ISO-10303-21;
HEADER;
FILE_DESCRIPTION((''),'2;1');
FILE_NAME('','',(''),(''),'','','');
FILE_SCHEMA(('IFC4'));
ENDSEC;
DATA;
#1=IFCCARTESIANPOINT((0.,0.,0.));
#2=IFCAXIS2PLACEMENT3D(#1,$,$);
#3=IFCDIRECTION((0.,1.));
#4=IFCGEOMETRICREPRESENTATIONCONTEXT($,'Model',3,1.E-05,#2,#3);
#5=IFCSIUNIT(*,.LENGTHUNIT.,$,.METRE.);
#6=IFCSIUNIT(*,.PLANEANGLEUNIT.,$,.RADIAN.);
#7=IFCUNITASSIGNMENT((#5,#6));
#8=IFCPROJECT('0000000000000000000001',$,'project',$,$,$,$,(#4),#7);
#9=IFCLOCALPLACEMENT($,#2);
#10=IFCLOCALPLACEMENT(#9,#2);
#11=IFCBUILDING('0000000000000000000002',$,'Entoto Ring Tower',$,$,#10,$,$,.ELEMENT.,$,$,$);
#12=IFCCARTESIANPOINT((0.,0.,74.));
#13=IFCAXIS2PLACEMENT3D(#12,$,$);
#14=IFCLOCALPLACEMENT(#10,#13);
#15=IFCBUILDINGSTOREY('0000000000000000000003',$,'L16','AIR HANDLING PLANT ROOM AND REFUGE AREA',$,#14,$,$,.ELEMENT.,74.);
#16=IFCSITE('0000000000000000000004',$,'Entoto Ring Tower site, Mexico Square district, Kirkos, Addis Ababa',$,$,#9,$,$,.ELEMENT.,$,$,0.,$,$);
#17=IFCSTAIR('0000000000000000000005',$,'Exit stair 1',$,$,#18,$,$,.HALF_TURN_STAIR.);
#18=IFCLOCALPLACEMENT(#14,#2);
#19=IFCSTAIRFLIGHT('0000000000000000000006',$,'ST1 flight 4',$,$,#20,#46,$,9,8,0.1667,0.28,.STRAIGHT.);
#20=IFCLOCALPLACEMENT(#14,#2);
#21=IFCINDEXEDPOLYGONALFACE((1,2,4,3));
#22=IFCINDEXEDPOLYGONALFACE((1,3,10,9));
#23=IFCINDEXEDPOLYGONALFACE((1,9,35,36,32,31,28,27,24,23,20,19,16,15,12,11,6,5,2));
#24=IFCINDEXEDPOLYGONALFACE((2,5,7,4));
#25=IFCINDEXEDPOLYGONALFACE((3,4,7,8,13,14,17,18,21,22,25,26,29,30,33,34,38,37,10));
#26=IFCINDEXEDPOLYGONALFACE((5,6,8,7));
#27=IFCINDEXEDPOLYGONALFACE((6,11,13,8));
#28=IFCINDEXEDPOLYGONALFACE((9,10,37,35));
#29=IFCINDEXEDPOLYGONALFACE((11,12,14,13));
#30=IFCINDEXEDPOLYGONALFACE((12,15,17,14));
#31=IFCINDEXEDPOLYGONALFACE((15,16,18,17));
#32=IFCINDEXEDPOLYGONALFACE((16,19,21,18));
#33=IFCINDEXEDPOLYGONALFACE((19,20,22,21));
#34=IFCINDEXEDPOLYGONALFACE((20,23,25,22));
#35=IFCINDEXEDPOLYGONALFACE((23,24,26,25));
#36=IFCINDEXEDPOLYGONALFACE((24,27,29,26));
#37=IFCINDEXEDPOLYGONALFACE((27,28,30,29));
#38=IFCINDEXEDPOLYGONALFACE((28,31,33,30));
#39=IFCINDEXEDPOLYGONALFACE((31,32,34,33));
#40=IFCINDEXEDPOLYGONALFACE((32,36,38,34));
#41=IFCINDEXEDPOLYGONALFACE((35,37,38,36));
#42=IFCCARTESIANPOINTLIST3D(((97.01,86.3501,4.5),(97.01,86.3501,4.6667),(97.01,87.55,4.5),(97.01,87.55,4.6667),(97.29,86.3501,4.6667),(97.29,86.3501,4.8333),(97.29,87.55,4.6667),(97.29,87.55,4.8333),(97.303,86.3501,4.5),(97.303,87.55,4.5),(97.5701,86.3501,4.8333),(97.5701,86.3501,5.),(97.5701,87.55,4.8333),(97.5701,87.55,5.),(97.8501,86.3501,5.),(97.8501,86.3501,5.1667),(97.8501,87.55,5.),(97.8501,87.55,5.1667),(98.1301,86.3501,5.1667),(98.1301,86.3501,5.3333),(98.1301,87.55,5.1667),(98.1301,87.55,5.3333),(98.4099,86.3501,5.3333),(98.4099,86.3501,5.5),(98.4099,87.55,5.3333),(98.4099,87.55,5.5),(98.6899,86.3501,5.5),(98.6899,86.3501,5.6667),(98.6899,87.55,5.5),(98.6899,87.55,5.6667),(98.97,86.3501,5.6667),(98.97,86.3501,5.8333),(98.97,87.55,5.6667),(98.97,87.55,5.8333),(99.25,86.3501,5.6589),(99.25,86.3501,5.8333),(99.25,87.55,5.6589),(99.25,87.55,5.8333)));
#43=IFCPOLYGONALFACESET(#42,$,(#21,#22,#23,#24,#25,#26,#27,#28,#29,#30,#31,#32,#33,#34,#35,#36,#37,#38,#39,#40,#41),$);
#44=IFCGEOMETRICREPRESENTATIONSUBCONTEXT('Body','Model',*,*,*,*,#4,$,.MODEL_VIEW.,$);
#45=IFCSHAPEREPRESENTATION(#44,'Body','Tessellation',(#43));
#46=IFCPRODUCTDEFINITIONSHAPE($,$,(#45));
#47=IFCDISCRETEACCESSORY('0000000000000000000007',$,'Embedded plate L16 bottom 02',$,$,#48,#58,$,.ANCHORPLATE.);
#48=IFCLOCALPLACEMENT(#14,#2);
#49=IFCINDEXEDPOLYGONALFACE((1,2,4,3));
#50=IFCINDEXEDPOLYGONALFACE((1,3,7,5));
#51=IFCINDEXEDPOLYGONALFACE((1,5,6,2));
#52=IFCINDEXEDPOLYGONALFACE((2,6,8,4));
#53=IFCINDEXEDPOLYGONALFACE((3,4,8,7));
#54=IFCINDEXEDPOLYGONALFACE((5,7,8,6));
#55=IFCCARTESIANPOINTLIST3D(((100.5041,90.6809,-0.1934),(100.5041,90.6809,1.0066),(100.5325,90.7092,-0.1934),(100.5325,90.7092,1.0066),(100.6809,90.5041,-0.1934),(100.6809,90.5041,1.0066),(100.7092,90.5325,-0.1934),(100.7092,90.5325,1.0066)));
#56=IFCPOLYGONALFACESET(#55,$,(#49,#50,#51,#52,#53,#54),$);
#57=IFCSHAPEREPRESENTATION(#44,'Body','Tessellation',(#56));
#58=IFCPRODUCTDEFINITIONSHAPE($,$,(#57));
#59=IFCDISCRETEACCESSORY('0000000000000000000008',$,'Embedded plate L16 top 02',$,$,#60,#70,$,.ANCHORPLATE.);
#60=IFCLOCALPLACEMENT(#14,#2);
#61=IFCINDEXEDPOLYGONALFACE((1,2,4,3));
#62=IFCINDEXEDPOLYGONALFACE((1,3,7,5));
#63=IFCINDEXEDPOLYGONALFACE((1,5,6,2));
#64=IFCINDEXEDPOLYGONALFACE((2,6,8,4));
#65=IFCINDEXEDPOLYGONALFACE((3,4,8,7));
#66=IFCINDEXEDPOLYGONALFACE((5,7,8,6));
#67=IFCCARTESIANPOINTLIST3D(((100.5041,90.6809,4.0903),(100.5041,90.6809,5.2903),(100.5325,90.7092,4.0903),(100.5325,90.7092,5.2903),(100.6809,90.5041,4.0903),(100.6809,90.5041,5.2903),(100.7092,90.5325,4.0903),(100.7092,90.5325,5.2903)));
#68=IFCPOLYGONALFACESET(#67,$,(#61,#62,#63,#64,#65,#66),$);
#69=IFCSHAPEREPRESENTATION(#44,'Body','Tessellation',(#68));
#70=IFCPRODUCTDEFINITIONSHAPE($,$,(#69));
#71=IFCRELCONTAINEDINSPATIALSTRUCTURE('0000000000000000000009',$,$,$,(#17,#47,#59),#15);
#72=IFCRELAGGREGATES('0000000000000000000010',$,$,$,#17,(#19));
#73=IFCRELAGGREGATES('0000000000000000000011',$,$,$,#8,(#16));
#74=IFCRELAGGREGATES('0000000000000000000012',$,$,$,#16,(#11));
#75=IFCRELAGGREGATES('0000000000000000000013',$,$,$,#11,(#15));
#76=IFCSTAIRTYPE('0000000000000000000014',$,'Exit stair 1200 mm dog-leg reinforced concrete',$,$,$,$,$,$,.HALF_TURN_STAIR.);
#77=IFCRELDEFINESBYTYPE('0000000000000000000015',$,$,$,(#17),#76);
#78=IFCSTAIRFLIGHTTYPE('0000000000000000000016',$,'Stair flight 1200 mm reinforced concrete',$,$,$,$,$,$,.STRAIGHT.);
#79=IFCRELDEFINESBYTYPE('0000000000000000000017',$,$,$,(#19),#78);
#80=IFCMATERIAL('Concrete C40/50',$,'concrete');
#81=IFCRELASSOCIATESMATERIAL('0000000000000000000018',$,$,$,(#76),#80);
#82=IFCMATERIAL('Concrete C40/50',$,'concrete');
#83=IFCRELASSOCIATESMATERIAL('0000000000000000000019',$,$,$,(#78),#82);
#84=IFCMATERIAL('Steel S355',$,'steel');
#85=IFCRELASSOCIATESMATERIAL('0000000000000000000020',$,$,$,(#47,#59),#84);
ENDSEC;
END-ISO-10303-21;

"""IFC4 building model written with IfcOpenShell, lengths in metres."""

from ifc_helpers import new_model, si_unit, direction, frame, origin, origin_2d, place, context, subcontext, project, spatial, polyline, rectangle, outline, extrude, material, type_object, element, aggregate, save


model = new_model("IFC4")

# Units and contexts
model_context = context("Model", 3, precision=1e-05, world=origin(), true_north=direction((0.0, 1.0)))
body_context = subcontext(model_context, "Body", "Model", "MODEL_VIEW")
ifc_project = project(units=[si_unit("LENGTHUNIT", "METRE"), si_unit("PLANEANGLEUNIT", "RADIAN")], contexts=[model_context])

# Site, building, storey
site_placement = place(None, origin())
site = spatial("IfcSite", under=ifc_project, at=site_placement, Name="Entoto Ring Tower site, Mexico Square district, Kirkos, Addis Ababa", CompositionType="ELEMENT", RefElevation=0.0)
building_placement = place(site_placement, origin())
building = spatial("IfcBuilding", under=site, at=building_placement, Name="Entoto Ring Tower", CompositionType="ELEMENT")
storey_placement = place(building_placement, frame((0.0, 0.0, 74.0)))
storey = spatial("IfcBuildingStorey", under=building, at=storey_placement, Name="L16", Description="AIR HANDLING PLANT ROOM AND REFUGE AREA", CompositionType="ELEMENT", Elevation=74.0)

# Stair, stair flight
ifc_material_1 = material(Name="Concrete C40/50", Category="concrete")
stair_type = type_object("IfcStairType", Name="Exit stair 1200 mm dog-leg reinforced concrete", PredefinedType="HALF_TURN_STAIR", material=ifc_material_1)
stair_placement = place(storey_placement, origin())
stair = element("IfcStair", 1, at=stair_placement, inside=storey, type_object=stair_type, Name="Exit stair 1", PredefinedType="HALF_TURN_STAIR")
ifc_material_2 = material(Name="Concrete C40/50", Category="concrete")
stair_flight_type = type_object("IfcStairFlightType", Name="Stair flight 1200 mm reinforced concrete", PredefinedType="STRAIGHT", material=ifc_material_2)
stair_flight_1_placement = place(storey_placement, frame((97.01, 86.95, 4.5), z_axis=(0.0, 0.0, 1.0), x_axis=(1.0, 0.0, 0.0)))
stair_flight_1 = element("IfcStairFlight", 2, at=stair_flight_1_placement, type_object=stair_flight_type, Name="ST1 flight 4", NumberOfRisers=9, NumberOfTreads=8, PredefinedType="STRAIGHT", RiserHeight=0.1667, TreadLength=0.28, context=body_context, shape_type="SweptSolid", body=[
    extrude(outline(polyline([(0.0, 0.0), (0.0, 0.1667), (0.28, 0.1667), (0.28, 0.3333), (0.5601, 0.3333), (0.5601, 0.5), (0.8401, 0.5), (0.8401, 0.6667), (1.1201, 0.6667), (1.1201, 0.8333), (1.3999, 0.8333), (1.3999, 1.0), (1.6799, 1.0), (1.6799, 1.1667), (1.96, 1.1667), (1.96, 1.3333), (2.24, 1.3333), (2.24, 1.5), (2.24, 1.1589), (0.293, 0.0), (0.0, 0.0)])), frame((0.0, 0.6001, 0.0), z_axis=(0.0, -1.0, 0.0), x_axis=(1.0, 0.0, 0.0)), (0.0, 0.0, 1.0), 1.2),
])
aggregate(stair, [stair_flight_1])

# Discrete accessories
ifc_material_3 = material(Name="Steel S355", Category="steel")
for number, where, z_axis, x_axis, name in (
    (3, (100.6067, 90.6067, -0.1934), (0.0, 0.0, 1.0), (0.707107, 0.707107, 0.0), "Embedded plate L16 bottom 02"),
    (4, (100.6067, 90.6067, 4.0903), (0.0, 0.0, 1.0), (0.707107, 0.707107, 0.0), "Embedded plate L16 top 02"),
):
    element("IfcDiscreteAccessory", number, at=place(storey_placement, frame(where, z_axis=z_axis, x_axis=x_axis)), inside=storey, material=ifc_material_3, Name=name, PredefinedType="ANCHORPLATE", context=body_context, shape_type="SweptSolid", body=[
        extrude(rectangle(XDim=0.04, YDim=0.25, at=origin_2d()), origin(), (0.0, 0.0, 1.0), 1.2),
    ])

save(model, "model.ifc")
